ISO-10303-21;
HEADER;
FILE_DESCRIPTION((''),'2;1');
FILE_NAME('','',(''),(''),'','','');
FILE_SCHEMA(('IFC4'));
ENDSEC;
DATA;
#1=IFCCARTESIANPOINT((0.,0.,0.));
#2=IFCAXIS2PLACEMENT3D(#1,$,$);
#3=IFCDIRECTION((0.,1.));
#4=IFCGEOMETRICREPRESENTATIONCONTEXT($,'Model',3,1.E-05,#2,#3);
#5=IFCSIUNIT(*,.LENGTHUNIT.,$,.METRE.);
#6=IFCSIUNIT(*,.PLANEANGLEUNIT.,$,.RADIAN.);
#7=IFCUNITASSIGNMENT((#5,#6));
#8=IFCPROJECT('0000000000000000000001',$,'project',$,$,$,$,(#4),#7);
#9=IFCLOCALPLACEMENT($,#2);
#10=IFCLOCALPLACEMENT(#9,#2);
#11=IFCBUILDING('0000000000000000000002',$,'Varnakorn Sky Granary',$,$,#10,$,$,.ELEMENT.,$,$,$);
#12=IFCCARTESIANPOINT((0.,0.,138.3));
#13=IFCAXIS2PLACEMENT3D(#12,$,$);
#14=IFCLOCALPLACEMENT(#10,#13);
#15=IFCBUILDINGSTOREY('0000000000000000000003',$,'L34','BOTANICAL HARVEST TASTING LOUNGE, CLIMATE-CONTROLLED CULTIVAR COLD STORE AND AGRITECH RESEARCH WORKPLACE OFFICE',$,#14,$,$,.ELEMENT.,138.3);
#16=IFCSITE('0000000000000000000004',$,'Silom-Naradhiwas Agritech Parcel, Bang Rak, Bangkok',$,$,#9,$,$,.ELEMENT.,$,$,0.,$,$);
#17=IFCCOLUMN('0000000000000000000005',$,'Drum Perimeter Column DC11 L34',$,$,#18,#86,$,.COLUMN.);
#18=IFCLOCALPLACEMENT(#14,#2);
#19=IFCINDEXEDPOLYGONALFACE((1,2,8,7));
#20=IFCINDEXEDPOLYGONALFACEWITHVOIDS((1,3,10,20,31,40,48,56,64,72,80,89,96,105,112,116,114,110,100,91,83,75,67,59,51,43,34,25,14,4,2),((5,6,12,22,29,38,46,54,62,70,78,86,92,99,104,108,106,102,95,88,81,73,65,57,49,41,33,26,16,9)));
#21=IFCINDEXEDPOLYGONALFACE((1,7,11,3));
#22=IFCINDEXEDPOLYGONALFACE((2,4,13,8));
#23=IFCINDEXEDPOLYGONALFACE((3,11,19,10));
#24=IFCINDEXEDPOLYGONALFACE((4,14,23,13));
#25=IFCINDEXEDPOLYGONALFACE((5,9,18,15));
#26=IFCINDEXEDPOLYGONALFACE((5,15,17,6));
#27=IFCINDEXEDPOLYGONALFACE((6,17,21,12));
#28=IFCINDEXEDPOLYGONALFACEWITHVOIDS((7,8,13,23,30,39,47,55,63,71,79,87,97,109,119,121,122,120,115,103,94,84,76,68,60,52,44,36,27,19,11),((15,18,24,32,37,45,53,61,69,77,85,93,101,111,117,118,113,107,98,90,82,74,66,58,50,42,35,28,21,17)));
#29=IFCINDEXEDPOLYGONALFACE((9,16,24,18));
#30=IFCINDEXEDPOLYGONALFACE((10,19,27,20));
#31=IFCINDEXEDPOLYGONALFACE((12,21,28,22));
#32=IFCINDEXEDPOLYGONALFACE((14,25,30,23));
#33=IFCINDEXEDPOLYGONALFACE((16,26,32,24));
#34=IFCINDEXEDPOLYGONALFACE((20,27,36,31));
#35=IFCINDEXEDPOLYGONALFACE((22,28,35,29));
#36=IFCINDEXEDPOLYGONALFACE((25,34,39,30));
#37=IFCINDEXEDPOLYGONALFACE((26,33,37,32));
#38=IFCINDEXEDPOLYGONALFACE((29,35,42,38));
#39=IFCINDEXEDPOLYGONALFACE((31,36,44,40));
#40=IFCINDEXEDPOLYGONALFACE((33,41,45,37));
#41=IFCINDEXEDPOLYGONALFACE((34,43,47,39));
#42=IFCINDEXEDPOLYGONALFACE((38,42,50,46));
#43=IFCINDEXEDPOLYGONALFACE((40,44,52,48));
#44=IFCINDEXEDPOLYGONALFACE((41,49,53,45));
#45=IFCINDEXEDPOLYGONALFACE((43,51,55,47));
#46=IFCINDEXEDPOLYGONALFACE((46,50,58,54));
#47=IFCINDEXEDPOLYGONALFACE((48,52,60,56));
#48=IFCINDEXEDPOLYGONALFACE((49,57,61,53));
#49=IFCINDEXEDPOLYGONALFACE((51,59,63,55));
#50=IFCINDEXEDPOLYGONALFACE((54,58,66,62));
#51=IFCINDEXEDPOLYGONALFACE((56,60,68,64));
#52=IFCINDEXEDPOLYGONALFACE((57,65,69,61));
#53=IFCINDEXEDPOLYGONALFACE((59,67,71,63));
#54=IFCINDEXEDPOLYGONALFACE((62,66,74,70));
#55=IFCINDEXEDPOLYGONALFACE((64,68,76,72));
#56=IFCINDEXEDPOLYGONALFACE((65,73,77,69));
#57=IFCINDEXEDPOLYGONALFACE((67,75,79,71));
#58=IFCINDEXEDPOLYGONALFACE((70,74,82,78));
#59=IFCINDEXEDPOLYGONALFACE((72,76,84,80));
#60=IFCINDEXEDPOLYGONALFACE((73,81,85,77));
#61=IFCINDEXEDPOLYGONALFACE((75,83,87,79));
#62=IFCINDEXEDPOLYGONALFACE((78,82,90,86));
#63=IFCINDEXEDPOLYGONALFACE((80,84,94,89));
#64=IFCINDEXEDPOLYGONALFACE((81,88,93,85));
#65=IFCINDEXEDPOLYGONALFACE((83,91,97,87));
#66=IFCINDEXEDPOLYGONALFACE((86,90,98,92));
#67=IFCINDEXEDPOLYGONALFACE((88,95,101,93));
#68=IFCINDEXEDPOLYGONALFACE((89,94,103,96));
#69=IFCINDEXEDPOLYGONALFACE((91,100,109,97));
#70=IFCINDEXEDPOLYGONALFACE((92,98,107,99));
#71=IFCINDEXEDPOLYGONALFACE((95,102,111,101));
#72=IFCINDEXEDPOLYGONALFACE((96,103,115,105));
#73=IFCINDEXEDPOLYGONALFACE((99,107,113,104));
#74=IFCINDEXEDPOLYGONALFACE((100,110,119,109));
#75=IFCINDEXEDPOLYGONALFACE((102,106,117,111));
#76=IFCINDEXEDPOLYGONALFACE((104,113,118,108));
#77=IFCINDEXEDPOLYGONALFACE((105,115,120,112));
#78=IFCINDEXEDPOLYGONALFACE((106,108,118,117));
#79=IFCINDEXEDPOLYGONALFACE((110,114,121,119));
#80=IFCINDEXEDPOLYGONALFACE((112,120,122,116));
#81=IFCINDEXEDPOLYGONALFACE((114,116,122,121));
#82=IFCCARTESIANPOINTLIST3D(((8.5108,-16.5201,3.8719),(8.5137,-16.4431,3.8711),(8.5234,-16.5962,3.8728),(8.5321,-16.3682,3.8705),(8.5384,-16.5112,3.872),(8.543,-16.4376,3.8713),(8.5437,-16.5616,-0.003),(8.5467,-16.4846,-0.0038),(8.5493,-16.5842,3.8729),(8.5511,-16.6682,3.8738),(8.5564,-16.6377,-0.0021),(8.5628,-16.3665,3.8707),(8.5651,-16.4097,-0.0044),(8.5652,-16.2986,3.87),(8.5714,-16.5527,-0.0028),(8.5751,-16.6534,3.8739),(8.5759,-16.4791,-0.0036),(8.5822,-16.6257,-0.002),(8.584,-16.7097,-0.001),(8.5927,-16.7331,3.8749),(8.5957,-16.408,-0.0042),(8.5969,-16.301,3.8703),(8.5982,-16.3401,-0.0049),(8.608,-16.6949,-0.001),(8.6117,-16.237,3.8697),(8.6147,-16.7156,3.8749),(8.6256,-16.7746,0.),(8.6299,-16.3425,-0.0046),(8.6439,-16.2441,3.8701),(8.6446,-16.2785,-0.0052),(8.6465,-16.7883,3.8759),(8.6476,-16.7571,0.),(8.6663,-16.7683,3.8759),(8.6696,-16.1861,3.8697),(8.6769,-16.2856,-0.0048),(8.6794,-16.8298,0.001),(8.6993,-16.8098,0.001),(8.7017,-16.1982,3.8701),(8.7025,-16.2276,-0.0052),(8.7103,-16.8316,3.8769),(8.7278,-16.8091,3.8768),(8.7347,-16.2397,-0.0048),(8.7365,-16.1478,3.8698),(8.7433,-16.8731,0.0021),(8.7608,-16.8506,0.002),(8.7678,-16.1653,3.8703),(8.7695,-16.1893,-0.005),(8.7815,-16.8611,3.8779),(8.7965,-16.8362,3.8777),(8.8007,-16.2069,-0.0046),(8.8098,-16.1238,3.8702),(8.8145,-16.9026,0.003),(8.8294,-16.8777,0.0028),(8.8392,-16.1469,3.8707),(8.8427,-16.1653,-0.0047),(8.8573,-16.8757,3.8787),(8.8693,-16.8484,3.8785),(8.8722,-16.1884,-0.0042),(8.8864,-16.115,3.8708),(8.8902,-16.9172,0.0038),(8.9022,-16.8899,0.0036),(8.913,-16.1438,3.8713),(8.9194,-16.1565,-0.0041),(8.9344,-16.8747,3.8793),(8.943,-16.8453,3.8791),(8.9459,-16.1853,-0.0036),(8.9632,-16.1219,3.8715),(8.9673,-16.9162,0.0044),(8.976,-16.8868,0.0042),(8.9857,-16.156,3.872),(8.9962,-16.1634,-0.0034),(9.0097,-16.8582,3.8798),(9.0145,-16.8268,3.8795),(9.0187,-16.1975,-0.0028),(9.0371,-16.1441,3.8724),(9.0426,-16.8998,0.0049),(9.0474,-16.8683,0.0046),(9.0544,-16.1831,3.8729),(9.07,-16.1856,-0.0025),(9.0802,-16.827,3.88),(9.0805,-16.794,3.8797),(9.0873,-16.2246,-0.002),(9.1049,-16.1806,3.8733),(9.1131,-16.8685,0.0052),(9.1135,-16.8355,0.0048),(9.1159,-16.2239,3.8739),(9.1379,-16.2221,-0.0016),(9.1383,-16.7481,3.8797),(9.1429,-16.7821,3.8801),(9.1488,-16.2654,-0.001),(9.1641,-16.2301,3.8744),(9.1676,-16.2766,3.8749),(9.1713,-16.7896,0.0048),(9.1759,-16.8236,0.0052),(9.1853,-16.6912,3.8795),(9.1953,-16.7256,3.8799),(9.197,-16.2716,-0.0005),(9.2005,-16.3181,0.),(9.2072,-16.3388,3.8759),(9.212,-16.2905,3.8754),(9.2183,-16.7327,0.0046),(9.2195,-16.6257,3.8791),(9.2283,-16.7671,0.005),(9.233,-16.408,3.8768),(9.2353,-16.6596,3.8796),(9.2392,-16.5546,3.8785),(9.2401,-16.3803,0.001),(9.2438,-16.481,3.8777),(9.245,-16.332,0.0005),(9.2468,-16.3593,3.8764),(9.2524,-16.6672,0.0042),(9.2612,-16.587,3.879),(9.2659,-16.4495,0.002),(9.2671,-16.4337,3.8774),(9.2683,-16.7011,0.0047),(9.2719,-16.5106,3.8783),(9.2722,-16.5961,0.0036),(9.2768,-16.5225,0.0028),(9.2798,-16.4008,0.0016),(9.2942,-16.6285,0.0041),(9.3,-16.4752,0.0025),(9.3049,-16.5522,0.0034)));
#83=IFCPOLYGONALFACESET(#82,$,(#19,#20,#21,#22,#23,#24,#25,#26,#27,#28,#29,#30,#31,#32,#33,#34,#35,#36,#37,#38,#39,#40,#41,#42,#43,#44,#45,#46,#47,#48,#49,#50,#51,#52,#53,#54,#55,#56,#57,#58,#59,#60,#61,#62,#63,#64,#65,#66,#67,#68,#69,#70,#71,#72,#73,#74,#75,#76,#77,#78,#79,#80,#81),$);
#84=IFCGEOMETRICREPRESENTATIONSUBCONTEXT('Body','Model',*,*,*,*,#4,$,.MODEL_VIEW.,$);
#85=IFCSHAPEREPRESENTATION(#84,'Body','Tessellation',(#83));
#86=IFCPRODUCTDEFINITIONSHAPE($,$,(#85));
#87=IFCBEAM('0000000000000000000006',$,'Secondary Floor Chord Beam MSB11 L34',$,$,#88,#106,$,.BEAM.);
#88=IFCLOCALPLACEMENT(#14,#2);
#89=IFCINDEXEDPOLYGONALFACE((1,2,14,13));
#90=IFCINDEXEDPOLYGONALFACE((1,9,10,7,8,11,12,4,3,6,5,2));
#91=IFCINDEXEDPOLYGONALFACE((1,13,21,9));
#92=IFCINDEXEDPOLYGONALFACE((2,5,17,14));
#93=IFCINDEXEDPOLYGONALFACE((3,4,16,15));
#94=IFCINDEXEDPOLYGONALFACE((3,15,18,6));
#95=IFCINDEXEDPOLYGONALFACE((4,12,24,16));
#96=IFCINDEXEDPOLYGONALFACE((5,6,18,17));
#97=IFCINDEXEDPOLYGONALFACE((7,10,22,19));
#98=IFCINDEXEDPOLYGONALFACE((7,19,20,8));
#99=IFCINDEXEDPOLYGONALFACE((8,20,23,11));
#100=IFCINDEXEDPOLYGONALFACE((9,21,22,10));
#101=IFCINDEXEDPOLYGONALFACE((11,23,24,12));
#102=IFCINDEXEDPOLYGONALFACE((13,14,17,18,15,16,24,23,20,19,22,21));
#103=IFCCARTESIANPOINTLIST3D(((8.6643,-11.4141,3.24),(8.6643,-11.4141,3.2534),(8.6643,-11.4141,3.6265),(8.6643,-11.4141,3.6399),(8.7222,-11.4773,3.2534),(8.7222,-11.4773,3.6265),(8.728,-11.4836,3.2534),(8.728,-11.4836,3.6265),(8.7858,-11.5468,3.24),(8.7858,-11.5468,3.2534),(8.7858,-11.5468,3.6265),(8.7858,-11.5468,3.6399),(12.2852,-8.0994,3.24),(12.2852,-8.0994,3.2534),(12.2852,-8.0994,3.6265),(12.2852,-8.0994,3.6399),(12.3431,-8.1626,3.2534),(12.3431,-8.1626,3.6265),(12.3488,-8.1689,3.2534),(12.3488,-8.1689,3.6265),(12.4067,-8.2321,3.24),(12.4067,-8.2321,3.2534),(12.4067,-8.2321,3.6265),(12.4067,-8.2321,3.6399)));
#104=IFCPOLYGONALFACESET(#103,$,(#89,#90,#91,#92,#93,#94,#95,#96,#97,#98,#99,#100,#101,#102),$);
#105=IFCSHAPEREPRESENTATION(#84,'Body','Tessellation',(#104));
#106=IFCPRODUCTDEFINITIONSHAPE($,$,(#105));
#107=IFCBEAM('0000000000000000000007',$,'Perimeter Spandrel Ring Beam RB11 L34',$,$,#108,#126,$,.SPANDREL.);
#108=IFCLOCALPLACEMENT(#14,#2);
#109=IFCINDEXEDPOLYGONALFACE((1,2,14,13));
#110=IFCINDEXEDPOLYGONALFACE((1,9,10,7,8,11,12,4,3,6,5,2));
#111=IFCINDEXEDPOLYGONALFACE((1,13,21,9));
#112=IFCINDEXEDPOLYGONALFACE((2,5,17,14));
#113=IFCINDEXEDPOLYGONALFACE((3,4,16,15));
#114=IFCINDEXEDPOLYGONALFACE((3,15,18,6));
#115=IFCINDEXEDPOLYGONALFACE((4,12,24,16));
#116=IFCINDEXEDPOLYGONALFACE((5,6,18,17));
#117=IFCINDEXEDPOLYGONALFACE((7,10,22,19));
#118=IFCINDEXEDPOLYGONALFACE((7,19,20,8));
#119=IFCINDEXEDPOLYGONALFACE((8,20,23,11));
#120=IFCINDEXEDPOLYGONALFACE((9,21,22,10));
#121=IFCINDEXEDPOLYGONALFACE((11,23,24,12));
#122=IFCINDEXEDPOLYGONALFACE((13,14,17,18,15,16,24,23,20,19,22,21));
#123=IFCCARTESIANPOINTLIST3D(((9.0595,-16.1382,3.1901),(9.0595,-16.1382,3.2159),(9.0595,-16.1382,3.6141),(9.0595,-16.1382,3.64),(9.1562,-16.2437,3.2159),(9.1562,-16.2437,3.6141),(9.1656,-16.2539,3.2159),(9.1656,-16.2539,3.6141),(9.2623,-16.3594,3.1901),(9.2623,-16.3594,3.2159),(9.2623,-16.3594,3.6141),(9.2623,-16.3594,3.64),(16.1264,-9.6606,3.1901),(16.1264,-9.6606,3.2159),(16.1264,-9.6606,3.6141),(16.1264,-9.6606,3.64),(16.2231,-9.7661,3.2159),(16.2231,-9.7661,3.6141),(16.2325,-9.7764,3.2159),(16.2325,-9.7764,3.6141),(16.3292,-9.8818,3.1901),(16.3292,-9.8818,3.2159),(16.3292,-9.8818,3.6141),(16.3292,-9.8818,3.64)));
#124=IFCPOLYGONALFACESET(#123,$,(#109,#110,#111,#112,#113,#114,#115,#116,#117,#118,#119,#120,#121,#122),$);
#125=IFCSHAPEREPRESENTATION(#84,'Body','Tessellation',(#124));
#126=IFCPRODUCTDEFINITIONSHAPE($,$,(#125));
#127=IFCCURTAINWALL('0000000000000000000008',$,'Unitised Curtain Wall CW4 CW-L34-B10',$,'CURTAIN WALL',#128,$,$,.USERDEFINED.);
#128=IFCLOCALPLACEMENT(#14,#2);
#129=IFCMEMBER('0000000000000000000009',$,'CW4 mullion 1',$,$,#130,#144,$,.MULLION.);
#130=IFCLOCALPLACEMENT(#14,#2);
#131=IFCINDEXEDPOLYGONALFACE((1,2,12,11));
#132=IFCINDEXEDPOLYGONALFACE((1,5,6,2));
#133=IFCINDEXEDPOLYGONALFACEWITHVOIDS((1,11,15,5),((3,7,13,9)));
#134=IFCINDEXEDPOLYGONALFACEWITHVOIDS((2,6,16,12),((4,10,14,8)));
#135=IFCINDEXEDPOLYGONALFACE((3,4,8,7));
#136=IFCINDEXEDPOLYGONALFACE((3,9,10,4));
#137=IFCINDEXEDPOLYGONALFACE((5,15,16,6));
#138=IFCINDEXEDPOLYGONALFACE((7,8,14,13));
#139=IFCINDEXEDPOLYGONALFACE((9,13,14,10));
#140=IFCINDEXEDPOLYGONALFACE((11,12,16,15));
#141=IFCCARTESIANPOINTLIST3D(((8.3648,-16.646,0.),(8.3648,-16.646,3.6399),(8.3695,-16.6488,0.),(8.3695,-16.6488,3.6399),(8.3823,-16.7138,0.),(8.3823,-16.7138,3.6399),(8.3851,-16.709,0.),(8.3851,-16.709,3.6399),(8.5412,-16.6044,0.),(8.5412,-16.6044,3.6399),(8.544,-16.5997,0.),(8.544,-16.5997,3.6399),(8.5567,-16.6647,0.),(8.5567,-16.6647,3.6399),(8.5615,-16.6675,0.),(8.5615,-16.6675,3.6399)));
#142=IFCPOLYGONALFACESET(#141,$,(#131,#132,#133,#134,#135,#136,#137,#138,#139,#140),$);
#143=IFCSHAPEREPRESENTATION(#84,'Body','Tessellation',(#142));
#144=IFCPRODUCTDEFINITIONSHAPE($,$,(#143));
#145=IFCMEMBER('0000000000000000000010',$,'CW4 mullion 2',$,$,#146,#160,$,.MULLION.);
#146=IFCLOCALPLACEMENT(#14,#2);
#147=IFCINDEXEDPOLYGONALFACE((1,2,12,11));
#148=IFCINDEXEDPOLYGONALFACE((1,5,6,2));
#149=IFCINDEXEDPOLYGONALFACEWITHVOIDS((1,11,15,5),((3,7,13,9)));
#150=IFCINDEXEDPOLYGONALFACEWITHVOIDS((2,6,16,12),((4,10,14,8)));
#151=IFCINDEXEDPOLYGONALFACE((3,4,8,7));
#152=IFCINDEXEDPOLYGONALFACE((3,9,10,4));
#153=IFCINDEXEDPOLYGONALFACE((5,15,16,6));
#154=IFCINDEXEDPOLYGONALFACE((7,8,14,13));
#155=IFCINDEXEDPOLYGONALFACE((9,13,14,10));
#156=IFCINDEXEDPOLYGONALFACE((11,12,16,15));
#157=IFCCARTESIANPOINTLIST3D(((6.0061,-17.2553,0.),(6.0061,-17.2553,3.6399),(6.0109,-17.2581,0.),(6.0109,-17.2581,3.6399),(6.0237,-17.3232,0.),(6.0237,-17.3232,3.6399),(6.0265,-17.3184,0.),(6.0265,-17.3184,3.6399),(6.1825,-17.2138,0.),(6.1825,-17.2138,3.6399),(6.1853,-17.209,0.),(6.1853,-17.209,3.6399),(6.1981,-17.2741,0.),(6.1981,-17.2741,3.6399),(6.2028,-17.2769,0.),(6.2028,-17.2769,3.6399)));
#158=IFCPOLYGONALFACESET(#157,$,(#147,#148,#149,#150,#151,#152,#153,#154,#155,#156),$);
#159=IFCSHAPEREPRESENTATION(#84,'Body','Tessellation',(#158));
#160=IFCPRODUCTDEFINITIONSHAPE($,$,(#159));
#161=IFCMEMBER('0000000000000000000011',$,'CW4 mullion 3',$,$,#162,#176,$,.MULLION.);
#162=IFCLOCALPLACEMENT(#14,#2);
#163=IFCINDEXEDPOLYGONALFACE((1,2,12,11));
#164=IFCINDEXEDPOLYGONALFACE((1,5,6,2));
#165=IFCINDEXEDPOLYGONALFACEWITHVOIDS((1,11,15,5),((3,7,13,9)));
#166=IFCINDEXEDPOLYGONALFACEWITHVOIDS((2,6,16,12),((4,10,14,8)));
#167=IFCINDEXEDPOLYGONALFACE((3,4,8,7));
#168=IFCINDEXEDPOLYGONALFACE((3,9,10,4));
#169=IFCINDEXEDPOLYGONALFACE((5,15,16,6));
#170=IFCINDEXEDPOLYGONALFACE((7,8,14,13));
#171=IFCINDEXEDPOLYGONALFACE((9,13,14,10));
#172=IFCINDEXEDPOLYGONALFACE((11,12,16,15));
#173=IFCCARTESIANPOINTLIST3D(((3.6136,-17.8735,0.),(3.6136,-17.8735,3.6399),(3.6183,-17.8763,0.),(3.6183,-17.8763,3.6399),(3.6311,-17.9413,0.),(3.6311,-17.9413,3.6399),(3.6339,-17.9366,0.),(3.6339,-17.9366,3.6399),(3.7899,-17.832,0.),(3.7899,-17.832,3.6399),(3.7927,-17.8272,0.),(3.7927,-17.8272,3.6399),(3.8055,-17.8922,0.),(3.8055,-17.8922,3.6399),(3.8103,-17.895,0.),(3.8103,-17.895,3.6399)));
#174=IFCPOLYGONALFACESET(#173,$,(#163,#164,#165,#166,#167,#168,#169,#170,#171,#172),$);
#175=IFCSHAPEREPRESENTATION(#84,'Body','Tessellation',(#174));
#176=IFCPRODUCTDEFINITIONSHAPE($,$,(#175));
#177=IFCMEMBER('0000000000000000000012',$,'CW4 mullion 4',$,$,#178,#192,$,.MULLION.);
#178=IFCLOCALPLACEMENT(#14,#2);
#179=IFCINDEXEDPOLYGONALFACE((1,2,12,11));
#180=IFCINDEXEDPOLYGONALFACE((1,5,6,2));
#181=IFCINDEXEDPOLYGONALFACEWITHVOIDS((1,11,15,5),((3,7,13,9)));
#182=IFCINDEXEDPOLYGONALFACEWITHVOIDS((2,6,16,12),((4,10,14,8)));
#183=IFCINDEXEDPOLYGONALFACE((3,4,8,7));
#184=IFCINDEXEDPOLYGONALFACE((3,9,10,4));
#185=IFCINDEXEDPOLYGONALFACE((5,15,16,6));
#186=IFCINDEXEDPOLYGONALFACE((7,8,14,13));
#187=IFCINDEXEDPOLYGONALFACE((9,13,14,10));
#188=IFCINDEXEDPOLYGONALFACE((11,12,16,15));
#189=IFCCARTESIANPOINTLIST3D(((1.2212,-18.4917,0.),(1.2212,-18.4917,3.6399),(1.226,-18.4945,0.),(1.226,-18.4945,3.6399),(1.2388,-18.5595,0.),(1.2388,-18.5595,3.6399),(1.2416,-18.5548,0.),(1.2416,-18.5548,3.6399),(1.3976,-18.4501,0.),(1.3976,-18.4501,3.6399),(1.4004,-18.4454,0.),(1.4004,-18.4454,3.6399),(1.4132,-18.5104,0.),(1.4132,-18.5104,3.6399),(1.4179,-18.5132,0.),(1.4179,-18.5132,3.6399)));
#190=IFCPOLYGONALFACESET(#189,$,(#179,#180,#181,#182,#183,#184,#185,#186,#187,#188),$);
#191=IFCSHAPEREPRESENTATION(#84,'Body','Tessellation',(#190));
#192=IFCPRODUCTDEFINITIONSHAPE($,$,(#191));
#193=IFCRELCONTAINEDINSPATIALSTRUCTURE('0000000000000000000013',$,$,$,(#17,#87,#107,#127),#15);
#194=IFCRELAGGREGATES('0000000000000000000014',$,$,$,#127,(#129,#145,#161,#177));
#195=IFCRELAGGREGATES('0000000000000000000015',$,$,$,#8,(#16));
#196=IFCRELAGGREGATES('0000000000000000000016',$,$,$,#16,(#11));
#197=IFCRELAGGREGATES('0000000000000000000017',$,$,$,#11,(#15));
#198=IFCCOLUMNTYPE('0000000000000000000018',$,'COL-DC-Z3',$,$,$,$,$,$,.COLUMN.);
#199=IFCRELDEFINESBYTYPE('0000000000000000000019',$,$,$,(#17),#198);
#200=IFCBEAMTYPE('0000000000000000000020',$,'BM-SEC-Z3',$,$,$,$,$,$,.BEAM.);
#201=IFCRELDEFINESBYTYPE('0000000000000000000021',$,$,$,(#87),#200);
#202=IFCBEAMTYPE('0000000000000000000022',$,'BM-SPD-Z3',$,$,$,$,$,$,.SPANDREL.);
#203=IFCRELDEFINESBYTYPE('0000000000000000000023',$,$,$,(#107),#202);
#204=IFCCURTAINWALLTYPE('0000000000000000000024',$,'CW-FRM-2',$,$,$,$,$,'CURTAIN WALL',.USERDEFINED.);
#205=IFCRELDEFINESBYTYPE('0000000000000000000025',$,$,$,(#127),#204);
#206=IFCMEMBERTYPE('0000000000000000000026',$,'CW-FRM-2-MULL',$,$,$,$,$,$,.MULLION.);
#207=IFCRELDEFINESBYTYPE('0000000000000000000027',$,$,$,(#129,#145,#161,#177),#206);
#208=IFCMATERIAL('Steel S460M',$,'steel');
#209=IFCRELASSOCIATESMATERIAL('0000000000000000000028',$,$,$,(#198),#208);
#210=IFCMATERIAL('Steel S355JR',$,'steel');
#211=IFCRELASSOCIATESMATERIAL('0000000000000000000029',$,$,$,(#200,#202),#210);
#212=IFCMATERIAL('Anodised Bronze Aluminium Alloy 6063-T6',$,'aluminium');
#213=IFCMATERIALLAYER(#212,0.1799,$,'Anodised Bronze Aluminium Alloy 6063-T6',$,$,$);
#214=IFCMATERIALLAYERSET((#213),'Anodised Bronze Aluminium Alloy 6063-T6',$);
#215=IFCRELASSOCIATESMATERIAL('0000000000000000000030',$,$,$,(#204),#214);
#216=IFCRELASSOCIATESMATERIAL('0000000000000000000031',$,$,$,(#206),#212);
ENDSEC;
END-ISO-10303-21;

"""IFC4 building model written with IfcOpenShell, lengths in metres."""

from ifc_helpers import new_model, si_unit, direction, frame, origin, origin_2d, place, context, subcontext, project, spatial, hollow_rectangle, hollow_circle, i_section, extrude, material, layer, layer_set, material_profile, profile_set, type_object, element, aggregate, save


model = new_model("IFC4")

# Units and contexts
model_context = context("Model", 3, precision=1e-05, world=origin(), true_north=direction((0.0, 1.0)))
body_context = subcontext(model_context, "Body", "Model", "MODEL_VIEW")
ifc_project = project(units=[si_unit("LENGTHUNIT", "METRE"), si_unit("PLANEANGLEUNIT", "RADIAN")], contexts=[model_context])

# Site, building, storey
site_placement = place(None, origin())
site = spatial("IfcSite", under=ifc_project, at=site_placement, Name="Silom-Naradhiwas Agritech Parcel, Bang Rak, Bangkok", CompositionType="ELEMENT", RefElevation=0.0)
building_placement = place(site_placement, origin())
building = spatial("IfcBuilding", under=site, at=building_placement, Name="Varnakorn Sky Granary", CompositionType="ELEMENT")
storey_placement = place(building_placement, frame((0.0, 0.0, 138.3)))
storey = spatial("IfcBuildingStorey", under=building, at=storey_placement, Name="L34", Description="BOTANICAL HARVEST TASTING LOUNGE, CLIMATE-CONTROLLED CULTIVAR COLD STORE AND AGRITECH RESEARCH WORKPLACE OFFICE", CompositionType="ELEMENT", Elevation=138.3)

# Column
ifc_material_1 = material(Name="Steel S460M", Category="steel")
ifc_material_profile_1 = material_profile(ifc_material_1, hollow_circle(Radius=0.3811, WallThickness=0.0281, at=origin_2d()), Name="CHS 762x28")
ifc_profile_set_1 = profile_set([ifc_material_profile_1], Name="Steel S460M")
column_type = type_object("IfcColumnType", Name="COL-DC-Z3", PredefinedType="COLUMN", material=ifc_profile_set_1)
column_placement = place(storey_placement, frame((8.9241, -16.5376, 0.0), z_axis=(-0.008505, 0.01071, 0.999906), x_axis=(-0.783111, -0.621882, 0.0)))
element("IfcColumn", 1, at=column_placement, inside=storey, type_object=column_type, Name="Drum Perimeter Column DC11 L34", PredefinedType="COLUMN", context=body_context, shape_type="SweptSolid", body=[
    extrude(hollow_circle(Radius=0.3811, WallThickness=0.0281, at=origin_2d()), origin(), (0.0, 0.0, 1.0), 3.8752),
])

# Beams
ifc_material_2 = material(Name="Steel S355JR", Category="steel")
ifc_material_profile_2 = material_profile(ifc_material_2, i_section(OverallWidth=0.1799, OverallDepth=0.3999, WebThickness=0.0085, FlangeThickness=0.0134, at=origin_2d()), Name="IPE 400")
ifc_profile_set_2 = profile_set([ifc_material_profile_2], Name="Steel S355JR")
beam_type_1 = type_object("IfcBeamType", Name="BM-SEC-Z3", PredefinedType="BEAM", material=ifc_profile_set_2)
beam_1_placement = place(storey_placement, frame((8.7251, -11.4805, 3.4399), z_axis=(0.737602, 0.675236, 0.0), x_axis=(-0.675236, 0.737602, 0.0)))
element("IfcBeam", 2, at=beam_1_placement, inside=storey, type_object=beam_type_1, Name="Secondary Floor Chord Beam MSB11 L34", PredefinedType="BEAM", context=body_context, shape_type="SweptSolid", body=[
    extrude(i_section(OverallWidth=0.1799, OverallDepth=0.3999, WebThickness=0.0085, FlangeThickness=0.0134, at=origin_2d()), origin(), (0.0, 0.0, 1.0), 4.9089),
])
ifc_material_profile_3 = material_profile(ifc_material_2, i_section(OverallWidth=0.3, OverallDepth=0.45, WebThickness=0.0139, FlangeThickness=0.0259, at=origin_2d()), Name="HE 450 B")
ifc_profile_set_3 = profile_set([ifc_material_profile_3], Name="Steel S355JR")
beam_type_2 = type_object("IfcBeamType", Name="BM-SPD-Z3", PredefinedType="SPANDREL", material=ifc_profile_set_3)
beam_2_placement = place(storey_placement, frame((9.1609, -16.2488, 3.415), z_axis=(0.737177, 0.675699, 0.0), x_axis=(-0.675699, 0.737177, 0.0)))
element("IfcBeam", 3, at=beam_2_placement, inside=storey, type_object=beam_type_2, Name="Perimeter Spandrel Ring Beam RB11 L34", PredefinedType="SPANDREL", context=body_context, shape_type="SweptSolid", body=[
    extrude(i_section(OverallWidth=0.3, OverallDepth=0.45, WebThickness=0.0139, FlangeThickness=0.0259, at=origin_2d()), origin(), (0.0, 0.0, 1.0), 9.5864),
])

# Curtain wall, members
ifc_material_3 = material(Name="Anodised Bronze Aluminium Alloy 6063-T6", Category="aluminium")
ifc_layer_1 = layer(ifc_material_3, 0.1799, Name="Anodised Bronze Aluminium Alloy 6063-T6")
ifc_layer_set_1 = layer_set([ifc_layer_1], Name="Anodised Bronze Aluminium Alloy 6063-T6")
curtain_wall_type = type_object("IfcCurtainWallType", Name="CW-FRM-2", ElementType="CURTAIN WALL", PredefinedType="USERDEFINED", material=ifc_layer_set_1)
curtain_wall_1_placement = place(storey_placement, origin())
curtain_wall_1 = element("IfcCurtainWall", 4, at=curtain_wall_1_placement, inside=storey, type_object=curtain_wall_type, Name="Unitised Curtain Wall CW4 CW-L34-B10", ObjectType="CURTAIN WALL", PredefinedType="USERDEFINED")
ifc_material_profile_4 = material_profile(ifc_material_3, hollow_rectangle(XDim=0.0701, YDim=0.1851, WallThickness=0.0039, at=origin_2d()), Name="ALU MULL 70x185")
ifc_profile_set_4 = profile_set([ifc_material_profile_4], Name="Anodised Bronze Aluminium Alloy 6063-T6")
member_type_1 = type_object("IfcMemberType", Name="CW-FRM-2-MULL", PredefinedType="MULLION", material=ifc_profile_set_4)
member_1_placement = place(storey_placement, frame((8.4631, -16.6567, 0.0), z_axis=(0.0, 0.0, 1.0), x_axis=(0.250174, -0.968201, 0.0)))
member_1 = element("IfcMember", 5, at=member_1_placement, type_object=member_type_1, Name="CW4 mullion 1", PredefinedType="MULLION", context=body_context, shape_type="SweptSolid", body=[
    extrude(hollow_rectangle(XDim=0.0701, YDim=0.1851, WallThickness=0.0039, at=origin_2d()), origin(), (0.0, 0.0, 1.0), 3.6399),
])
member_2_placement = place(storey_placement, frame((6.1045, -17.2661, 0.0), z_axis=(0.0, 0.0, 1.0), x_axis=(0.250174, -0.968201, 0.0)))
member_2 = element("IfcMember", 6, at=member_2_placement, type_object=member_type_1, Name="CW4 mullion 2", PredefinedType="MULLION", context=body_context, shape_type="SweptSolid", body=[
    extrude(hollow_rectangle(XDim=0.0701, YDim=0.1851, WallThickness=0.0039, at=origin_2d()), origin(), (0.0, 0.0, 1.0), 3.6399),
])
member_3_placement = place(storey_placement, frame((3.7119, -17.8843, 0.0), z_axis=(0.0, 0.0, 1.0), x_axis=(0.250174, -0.968201, 0.0)))
member_3 = element("IfcMember", 7, at=member_3_placement, type_object=member_type_1, Name="CW4 mullion 3", PredefinedType="MULLION", context=body_context, shape_type="SweptSolid", body=[
    extrude(hollow_rectangle(XDim=0.0701, YDim=0.1851, WallThickness=0.0039, at=origin_2d()), origin(), (0.0, 0.0, 1.0), 3.6399),
])
member_4_placement = place(storey_placement, frame((1.3196, -18.5024, 0.0), z_axis=(0.0, 0.0, 1.0), x_axis=(0.250174, -0.968201, 0.0)))
member_4 = element("IfcMember", 8, at=member_4_placement, type_object=member_type_1, Name="CW4 mullion 4", PredefinedType="MULLION", context=body_context, shape_type="SweptSolid", body=[
    extrude(hollow_rectangle(XDim=0.0701, YDim=0.1851, WallThickness=0.0039, at=origin_2d()), origin(), (0.0, 0.0, 1.0), 3.6399),
])

aggregate(curtain_wall_1, [member_1, member_2, member_3, member_4])

save(model, "model.ifc")
